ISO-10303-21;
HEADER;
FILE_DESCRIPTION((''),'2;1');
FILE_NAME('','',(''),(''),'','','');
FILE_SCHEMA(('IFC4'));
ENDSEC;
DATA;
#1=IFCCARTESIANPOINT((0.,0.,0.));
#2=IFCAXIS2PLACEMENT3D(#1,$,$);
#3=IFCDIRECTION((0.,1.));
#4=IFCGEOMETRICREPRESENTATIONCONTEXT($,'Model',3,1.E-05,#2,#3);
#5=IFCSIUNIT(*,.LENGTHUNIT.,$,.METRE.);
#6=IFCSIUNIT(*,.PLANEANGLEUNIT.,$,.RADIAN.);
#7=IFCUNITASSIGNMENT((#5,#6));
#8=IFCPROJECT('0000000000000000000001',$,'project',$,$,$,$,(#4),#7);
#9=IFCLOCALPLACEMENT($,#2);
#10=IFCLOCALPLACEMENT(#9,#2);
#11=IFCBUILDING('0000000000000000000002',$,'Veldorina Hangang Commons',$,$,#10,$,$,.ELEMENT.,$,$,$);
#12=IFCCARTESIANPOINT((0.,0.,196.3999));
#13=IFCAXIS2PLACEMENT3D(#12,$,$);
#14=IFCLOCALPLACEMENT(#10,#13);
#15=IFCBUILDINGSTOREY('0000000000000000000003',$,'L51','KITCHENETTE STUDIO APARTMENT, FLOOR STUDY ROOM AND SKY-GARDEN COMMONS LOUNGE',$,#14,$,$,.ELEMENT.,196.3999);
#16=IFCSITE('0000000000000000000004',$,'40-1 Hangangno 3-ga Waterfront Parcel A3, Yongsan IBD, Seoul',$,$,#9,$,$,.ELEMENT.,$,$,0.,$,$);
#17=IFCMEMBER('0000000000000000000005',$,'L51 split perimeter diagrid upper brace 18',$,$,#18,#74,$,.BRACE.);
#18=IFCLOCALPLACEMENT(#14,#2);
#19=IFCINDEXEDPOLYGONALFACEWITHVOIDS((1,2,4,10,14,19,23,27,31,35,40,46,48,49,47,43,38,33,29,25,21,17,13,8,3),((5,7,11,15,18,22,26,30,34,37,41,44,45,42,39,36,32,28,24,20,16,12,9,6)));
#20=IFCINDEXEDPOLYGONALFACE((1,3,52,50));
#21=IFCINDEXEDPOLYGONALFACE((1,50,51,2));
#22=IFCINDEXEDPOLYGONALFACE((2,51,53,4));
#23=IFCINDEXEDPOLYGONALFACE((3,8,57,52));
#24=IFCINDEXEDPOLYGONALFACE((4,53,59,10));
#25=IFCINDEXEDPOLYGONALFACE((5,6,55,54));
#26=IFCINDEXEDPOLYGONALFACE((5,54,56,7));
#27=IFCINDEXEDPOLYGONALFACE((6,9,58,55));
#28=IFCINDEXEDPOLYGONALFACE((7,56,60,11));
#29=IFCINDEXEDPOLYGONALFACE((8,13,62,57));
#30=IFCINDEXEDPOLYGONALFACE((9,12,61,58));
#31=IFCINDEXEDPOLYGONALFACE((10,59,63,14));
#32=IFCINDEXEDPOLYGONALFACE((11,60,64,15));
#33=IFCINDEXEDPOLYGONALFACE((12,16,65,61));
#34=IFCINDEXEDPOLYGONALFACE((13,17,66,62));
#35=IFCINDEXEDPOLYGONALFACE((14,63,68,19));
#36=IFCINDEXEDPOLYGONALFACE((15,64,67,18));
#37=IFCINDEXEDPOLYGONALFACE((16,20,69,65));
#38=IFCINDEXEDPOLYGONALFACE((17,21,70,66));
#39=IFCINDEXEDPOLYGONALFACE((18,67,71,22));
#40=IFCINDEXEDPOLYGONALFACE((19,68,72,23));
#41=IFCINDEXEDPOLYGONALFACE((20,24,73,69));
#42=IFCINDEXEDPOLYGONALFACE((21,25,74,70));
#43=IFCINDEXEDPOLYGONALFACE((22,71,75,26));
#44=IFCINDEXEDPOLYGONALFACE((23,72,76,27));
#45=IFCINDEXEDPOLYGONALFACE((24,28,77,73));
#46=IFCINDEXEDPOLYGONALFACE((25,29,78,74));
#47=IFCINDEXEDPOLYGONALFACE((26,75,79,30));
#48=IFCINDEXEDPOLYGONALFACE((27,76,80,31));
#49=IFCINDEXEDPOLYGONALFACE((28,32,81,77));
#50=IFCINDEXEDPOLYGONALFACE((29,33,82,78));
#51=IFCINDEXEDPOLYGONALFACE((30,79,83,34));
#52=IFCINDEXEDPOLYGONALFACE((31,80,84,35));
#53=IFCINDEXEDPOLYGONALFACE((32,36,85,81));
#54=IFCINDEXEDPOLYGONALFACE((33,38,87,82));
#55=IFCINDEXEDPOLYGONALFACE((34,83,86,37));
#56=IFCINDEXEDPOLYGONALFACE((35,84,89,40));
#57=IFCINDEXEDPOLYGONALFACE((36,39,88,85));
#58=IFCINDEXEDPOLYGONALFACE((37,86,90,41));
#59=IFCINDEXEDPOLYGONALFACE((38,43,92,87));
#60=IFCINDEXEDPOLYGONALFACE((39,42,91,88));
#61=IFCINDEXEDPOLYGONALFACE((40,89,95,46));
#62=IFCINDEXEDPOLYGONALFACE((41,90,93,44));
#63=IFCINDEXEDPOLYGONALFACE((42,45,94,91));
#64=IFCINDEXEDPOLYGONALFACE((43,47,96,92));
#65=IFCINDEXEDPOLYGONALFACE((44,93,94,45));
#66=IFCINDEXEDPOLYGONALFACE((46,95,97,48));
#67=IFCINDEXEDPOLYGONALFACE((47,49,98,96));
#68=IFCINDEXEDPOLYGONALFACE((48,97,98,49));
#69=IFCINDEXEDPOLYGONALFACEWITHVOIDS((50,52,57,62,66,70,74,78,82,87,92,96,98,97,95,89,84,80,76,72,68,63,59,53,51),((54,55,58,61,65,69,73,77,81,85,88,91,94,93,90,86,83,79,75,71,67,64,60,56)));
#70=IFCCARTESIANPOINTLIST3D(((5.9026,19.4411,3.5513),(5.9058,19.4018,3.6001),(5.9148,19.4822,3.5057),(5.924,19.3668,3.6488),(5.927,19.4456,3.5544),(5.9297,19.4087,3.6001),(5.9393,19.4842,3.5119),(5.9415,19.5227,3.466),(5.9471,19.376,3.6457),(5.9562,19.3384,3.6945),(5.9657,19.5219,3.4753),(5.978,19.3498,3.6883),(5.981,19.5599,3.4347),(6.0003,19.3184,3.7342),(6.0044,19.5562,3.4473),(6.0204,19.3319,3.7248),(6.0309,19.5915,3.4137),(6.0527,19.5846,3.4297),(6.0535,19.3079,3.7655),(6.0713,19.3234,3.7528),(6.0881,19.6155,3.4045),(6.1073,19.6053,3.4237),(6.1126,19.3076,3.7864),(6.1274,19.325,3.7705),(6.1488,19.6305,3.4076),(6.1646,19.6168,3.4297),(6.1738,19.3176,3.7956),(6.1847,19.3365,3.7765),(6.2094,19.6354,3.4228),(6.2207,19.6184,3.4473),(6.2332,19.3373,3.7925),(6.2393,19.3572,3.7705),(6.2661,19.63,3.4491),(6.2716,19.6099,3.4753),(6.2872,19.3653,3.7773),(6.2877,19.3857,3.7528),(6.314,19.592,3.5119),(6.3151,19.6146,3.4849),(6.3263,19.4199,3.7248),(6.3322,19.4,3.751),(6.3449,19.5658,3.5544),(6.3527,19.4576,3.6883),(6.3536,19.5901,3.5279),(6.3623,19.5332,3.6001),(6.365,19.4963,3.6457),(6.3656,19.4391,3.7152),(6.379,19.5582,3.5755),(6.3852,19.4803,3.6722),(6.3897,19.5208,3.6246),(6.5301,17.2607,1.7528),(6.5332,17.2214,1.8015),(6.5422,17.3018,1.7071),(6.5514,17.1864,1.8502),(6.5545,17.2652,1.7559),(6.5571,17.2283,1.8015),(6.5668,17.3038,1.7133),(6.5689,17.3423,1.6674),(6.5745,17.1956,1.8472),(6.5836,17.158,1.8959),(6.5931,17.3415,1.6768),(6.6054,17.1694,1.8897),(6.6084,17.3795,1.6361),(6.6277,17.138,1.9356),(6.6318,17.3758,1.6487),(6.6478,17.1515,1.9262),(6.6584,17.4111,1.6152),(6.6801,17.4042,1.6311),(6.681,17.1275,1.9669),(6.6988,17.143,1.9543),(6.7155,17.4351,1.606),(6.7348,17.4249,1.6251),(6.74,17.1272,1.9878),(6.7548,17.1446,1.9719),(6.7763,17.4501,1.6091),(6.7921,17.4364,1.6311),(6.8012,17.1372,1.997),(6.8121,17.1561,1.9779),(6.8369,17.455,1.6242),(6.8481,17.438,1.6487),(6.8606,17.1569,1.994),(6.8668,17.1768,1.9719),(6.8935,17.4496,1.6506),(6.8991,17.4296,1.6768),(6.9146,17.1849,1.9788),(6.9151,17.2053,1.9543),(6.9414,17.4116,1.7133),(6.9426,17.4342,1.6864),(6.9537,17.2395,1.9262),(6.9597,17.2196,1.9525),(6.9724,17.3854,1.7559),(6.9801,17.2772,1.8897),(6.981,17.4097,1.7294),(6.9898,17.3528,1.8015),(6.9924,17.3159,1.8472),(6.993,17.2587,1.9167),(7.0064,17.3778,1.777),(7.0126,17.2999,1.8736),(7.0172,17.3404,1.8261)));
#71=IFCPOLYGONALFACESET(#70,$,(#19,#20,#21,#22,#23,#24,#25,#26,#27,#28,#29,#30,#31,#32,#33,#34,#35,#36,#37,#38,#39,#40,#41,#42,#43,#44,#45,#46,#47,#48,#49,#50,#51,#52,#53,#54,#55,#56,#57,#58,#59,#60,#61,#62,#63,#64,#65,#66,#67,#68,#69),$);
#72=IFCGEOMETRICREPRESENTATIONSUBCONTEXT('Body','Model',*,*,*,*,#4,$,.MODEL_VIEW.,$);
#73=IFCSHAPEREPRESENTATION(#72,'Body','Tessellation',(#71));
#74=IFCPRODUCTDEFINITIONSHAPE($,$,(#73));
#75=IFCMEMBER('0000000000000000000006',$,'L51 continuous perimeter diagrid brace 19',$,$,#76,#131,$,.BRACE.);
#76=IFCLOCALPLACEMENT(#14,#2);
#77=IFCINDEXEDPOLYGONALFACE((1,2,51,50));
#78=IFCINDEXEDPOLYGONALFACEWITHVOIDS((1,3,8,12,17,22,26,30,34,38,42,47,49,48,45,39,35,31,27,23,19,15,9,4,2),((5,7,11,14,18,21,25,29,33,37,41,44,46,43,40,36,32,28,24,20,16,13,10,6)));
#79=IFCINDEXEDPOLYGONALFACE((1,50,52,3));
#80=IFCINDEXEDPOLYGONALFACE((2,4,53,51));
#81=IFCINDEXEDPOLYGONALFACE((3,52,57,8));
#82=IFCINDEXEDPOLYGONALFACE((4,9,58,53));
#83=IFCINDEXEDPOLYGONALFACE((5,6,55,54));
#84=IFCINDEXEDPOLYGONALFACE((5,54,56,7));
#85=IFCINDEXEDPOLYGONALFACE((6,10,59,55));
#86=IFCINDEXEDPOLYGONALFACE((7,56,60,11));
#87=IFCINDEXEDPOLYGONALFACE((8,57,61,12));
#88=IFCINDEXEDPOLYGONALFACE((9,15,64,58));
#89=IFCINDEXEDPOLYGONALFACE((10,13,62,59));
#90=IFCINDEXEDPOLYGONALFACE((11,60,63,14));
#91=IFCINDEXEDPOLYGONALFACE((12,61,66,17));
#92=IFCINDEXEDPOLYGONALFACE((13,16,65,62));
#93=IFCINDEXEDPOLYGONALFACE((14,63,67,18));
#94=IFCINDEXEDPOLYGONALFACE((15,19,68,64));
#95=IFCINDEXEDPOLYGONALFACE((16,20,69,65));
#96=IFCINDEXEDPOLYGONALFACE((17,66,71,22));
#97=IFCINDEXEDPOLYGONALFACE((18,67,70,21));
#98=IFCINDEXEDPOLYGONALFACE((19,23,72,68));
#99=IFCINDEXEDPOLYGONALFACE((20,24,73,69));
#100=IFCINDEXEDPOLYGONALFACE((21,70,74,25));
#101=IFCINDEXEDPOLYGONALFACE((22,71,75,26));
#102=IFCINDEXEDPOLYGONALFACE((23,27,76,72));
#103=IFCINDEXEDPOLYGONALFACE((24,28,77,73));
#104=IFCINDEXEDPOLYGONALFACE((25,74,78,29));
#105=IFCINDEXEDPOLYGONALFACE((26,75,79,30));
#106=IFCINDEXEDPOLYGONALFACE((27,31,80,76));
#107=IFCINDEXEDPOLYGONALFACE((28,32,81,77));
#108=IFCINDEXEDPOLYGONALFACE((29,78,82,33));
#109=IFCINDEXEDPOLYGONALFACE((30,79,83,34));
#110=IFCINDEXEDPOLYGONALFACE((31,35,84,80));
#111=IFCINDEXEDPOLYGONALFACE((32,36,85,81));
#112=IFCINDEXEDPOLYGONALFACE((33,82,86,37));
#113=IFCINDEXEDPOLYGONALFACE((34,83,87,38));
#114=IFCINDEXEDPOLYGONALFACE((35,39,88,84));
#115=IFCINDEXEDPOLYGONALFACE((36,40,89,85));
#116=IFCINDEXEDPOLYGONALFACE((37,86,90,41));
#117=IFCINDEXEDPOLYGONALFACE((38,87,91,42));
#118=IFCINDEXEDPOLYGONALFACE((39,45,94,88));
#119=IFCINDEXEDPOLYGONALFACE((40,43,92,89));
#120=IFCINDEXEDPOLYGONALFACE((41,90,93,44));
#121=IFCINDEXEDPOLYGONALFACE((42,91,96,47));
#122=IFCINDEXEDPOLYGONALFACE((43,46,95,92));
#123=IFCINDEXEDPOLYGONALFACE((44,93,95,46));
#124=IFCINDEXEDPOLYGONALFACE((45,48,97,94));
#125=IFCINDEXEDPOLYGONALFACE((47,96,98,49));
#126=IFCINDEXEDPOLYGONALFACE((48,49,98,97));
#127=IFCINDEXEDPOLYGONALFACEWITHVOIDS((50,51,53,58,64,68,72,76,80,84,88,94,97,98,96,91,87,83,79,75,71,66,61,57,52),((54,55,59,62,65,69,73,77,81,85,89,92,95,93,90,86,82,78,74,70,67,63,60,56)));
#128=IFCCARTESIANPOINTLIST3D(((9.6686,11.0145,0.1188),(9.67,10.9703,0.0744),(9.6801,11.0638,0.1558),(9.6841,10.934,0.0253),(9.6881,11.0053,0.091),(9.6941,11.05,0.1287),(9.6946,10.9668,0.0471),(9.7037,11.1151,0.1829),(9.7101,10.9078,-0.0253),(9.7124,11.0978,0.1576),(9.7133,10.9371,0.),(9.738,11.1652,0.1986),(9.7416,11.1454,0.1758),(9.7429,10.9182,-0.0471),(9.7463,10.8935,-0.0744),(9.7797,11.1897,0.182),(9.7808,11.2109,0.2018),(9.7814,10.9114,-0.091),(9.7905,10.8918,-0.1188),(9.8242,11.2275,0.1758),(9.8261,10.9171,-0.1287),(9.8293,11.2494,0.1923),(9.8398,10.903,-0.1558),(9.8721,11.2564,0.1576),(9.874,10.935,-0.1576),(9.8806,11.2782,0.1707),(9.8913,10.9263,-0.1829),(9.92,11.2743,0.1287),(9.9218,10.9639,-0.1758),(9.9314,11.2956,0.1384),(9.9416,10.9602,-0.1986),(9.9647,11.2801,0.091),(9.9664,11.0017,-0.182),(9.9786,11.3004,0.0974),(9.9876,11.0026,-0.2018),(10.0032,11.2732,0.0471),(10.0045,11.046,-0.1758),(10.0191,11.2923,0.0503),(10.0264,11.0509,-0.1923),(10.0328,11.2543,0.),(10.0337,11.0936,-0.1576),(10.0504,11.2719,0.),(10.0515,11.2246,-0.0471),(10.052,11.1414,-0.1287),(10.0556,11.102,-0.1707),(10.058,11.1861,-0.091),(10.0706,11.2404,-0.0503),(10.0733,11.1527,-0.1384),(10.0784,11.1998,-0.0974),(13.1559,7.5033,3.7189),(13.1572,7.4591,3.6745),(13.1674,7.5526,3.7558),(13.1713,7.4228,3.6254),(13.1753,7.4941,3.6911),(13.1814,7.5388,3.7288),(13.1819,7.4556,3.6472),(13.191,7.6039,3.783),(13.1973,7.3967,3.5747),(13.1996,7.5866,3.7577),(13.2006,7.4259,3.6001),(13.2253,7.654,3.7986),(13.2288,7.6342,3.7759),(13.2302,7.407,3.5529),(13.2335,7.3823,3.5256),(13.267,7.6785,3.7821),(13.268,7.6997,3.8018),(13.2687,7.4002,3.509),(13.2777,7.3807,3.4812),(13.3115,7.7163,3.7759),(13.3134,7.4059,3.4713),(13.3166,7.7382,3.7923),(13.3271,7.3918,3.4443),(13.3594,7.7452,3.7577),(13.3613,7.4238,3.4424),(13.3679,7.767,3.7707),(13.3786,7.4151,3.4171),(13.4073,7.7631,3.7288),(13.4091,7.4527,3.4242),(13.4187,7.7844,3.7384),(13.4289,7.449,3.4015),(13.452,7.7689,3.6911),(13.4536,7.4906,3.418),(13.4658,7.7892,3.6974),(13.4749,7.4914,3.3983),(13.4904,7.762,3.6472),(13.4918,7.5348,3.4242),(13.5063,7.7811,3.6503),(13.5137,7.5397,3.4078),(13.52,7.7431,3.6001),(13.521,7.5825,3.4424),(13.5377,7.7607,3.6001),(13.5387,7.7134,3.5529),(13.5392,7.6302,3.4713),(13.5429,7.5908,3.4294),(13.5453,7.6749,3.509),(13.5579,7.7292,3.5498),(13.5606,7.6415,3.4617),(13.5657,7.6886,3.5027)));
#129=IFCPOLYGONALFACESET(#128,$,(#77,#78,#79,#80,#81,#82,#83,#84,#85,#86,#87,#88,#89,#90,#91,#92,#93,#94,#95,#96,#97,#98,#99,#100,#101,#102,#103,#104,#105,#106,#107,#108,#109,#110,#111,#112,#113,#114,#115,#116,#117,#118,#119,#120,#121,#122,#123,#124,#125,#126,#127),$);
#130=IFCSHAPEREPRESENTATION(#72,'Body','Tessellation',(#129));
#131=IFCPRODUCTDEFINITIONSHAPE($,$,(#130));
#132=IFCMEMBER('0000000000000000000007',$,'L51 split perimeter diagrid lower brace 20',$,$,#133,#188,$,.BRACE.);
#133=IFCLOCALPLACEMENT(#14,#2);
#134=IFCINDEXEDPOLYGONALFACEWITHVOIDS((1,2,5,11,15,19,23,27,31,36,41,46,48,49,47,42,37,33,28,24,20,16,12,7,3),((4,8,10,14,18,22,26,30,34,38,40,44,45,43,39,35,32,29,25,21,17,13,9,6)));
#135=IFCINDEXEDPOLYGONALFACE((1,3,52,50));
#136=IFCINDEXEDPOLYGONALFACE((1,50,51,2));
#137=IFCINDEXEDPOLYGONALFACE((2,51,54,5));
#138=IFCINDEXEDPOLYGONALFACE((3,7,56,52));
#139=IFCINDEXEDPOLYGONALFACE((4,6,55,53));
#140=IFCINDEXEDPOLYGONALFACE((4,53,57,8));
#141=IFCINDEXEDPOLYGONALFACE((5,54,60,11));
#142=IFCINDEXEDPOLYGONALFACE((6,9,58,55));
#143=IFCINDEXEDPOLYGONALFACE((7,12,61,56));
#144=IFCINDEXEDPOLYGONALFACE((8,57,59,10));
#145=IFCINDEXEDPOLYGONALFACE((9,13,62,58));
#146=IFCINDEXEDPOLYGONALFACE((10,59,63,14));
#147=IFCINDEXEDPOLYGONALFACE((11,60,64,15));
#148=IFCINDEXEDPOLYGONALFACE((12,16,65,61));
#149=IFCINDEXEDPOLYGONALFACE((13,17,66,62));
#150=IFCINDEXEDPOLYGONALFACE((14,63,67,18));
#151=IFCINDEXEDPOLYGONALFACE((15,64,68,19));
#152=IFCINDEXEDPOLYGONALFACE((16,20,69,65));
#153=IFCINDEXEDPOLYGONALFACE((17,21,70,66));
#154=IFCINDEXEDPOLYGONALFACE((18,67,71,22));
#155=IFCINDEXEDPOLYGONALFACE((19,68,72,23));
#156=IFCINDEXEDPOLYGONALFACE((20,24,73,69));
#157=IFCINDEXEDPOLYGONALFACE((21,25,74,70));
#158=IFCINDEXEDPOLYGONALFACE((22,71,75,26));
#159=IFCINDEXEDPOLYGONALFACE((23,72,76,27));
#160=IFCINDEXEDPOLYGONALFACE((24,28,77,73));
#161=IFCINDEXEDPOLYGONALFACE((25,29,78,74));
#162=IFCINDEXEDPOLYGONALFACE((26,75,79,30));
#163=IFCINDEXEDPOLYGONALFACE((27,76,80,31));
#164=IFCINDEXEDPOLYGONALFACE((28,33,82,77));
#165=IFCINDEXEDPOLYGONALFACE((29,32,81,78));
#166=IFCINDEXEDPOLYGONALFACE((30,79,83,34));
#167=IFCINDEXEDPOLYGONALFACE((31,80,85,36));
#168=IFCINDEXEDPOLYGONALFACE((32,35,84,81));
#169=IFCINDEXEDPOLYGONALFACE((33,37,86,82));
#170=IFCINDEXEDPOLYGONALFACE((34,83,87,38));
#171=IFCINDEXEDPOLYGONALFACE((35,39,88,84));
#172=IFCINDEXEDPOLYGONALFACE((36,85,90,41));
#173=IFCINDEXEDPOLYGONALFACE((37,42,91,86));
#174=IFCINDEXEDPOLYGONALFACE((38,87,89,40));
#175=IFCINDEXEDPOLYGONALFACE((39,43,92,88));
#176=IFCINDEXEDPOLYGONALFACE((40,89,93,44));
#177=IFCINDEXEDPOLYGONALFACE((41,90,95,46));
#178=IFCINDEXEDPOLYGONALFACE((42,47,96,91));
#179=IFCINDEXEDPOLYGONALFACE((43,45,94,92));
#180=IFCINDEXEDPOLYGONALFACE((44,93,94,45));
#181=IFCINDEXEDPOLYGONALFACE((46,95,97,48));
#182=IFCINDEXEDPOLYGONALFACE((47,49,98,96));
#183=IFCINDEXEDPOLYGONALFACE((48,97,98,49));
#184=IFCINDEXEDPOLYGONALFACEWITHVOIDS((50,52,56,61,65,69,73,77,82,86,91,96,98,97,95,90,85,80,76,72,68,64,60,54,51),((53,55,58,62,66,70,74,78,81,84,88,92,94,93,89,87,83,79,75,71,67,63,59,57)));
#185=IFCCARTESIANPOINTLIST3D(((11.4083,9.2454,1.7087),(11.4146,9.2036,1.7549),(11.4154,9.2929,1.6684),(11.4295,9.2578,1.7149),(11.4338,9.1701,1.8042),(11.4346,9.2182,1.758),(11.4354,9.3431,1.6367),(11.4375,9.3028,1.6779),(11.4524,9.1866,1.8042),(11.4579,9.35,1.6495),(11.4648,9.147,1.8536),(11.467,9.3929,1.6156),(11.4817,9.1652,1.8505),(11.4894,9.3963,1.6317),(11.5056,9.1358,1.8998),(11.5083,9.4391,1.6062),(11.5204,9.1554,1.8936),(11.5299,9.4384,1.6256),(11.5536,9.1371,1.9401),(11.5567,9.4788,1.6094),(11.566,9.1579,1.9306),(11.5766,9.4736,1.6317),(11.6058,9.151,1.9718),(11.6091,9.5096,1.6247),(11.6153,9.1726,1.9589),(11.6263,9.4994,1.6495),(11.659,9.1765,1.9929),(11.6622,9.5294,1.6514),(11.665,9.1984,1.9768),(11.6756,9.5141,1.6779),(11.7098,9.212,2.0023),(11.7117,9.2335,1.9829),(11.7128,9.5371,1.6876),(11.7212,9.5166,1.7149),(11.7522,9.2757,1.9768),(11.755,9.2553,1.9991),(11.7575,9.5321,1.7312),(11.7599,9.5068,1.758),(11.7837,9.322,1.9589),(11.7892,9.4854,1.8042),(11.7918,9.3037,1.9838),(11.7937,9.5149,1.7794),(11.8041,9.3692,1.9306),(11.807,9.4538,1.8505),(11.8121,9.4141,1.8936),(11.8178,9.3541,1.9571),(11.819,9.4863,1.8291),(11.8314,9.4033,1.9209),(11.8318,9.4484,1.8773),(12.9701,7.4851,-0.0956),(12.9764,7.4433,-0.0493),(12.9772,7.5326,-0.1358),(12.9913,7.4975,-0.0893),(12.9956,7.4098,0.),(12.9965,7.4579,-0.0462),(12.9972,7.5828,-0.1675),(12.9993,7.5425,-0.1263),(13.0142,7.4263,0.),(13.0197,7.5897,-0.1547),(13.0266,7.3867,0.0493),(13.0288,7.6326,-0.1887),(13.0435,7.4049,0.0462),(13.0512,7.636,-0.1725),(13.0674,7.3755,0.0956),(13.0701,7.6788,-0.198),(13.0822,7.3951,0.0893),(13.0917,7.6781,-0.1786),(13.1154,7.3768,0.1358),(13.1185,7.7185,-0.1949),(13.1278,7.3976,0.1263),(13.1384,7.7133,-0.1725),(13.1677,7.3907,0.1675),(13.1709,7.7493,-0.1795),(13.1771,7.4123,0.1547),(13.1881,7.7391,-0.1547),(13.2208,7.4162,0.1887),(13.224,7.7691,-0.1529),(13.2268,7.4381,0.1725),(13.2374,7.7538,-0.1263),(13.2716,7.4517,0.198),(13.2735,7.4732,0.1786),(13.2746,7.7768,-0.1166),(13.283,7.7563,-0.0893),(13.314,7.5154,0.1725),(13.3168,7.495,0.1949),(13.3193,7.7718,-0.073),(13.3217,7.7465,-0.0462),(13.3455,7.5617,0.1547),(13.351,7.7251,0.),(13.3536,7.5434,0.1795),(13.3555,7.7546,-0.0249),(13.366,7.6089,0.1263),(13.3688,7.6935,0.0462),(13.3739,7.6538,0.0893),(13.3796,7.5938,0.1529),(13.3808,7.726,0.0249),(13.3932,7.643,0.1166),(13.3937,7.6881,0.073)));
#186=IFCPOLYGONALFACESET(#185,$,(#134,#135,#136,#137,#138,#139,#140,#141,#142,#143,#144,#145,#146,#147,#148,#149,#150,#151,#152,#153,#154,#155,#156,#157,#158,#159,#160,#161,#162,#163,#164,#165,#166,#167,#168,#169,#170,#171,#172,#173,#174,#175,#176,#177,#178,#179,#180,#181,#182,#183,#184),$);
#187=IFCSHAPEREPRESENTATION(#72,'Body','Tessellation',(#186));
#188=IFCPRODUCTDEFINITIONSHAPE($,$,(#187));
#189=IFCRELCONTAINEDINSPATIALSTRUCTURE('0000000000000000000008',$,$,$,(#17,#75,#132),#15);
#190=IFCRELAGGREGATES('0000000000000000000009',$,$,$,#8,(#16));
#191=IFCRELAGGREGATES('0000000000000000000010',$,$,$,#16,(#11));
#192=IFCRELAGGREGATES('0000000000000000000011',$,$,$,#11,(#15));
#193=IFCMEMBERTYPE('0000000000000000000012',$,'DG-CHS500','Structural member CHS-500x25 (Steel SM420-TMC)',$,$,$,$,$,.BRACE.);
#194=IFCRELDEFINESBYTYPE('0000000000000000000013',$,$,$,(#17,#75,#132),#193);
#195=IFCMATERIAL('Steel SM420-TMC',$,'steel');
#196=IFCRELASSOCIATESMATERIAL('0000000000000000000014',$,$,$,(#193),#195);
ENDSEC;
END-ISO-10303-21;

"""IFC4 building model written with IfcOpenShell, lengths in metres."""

from ifc_helpers import new_model, si_unit, direction, frame, origin, origin_2d, place, context, subcontext, project, spatial, hollow_circle, extrude, material, material_profile, profile_set, type_object, element, save


model = new_model("IFC4")

# Units and contexts
model_context = context("Model", 3, precision=1e-05, world=origin(), true_north=direction((0.0, 1.0)))
body_context = subcontext(model_context, "Body", "Model", "MODEL_VIEW")
ifc_project = project(units=[si_unit("LENGTHUNIT", "METRE"), si_unit("PLANEANGLEUNIT", "RADIAN")], contexts=[model_context])

# Site, building, storey
site_placement = place(None, origin())
site = spatial("IfcSite", under=ifc_project, at=site_placement, Name="40-1 Hangangno 3-ga Waterfront Parcel A3, Yongsan IBD, Seoul", CompositionType="ELEMENT", RefElevation=0.0)
building_placement = place(site_placement, origin())
building = spatial("IfcBuilding", under=site, at=building_placement, Name="Veldorina Hangang Commons", CompositionType="ELEMENT")
storey_placement = place(building_placement, frame((0.0, 0.0, 196.3999)))
storey = spatial("IfcBuildingStorey", under=building, at=storey_placement, Name="L51", Description="KITCHENETTE STUDIO APARTMENT, FLOOR STUDY ROOM AND SKY-GARDEN COMMONS LOUNGE", CompositionType="ELEMENT", Elevation=196.3999)

# Shared definitions
ifc_material_1 = material(Name="Steel SM420-TMC", Category="steel")

# Members
ifc_material_profile_1 = material_profile(ifc_material_1, hollow_circle(Radius=0.25, WallThickness=0.0249, at=origin_2d()), Name="CHS-500x25")
ifc_profile_set_1 = profile_set([ifc_material_profile_1], Name="Steel SM420-TMC")
member_type_1 = type_object("IfcMemberType", Name="DG-CHS500", Description="Structural member CHS-500x25 (Steel SM420-TMC)", PredefinedType="BRACE", material=ifc_profile_set_1)
member_1_placement = place(storey_placement, frame((6.7734, 17.2905, 1.8015), z_axis=(-0.21671, 0.753087, 0.621206), x_axis=(-0.961002, -0.27654, 0.0)))
element("IfcMember", 1, at=member_1_placement, inside=storey, type_object=member_type_1, Name="L51 split perimeter diagrid upper brace 18", PredefinedType="BRACE", context=body_context, shape_type="SweptSolid", body=[
    extrude(hollow_circle(Radius=0.25, WallThickness=0.0249, at=origin_2d()), origin(), (0.0, 0.0, 1.0), 2.8953),
])
member_2_placement = place(storey_placement, frame((9.873, 11.0957, 0.0), z_axis=(0.569849, -0.573759, 0.58828), x_axis=(0.70952, 0.704685, 0.0)))
element("IfcMember", 2, at=member_2_placement, inside=storey, type_object=member_type_1, Name="L51 continuous perimeter diagrid brace 19", PredefinedType="BRACE", context=body_context, shape_type="SweptSolid", body=[
    extrude(hollow_circle(Radius=0.25, WallThickness=0.0249, at=origin_2d()), origin(), (0.0, 0.0, 1.0), 6.1196),
])
member_3_placement = place(storey_placement, frame((13.1826, 7.5757, 0.0), z_axis=(-0.526689, 0.593626, 0.608446), x_axis=(-0.748021, -0.663675, 0.0)))
element("IfcMember", 3, at=member_3_placement, inside=storey, type_object=member_type_1, Name="L51 split perimeter diagrid lower brace 20", PredefinedType="BRACE", context=body_context, shape_type="SweptSolid", body=[
    extrude(hollow_circle(Radius=0.25, WallThickness=0.0249, at=origin_2d()), origin(), (0.0, 0.0, 1.0), 2.9653),
])

save(model, "model.ifc")
